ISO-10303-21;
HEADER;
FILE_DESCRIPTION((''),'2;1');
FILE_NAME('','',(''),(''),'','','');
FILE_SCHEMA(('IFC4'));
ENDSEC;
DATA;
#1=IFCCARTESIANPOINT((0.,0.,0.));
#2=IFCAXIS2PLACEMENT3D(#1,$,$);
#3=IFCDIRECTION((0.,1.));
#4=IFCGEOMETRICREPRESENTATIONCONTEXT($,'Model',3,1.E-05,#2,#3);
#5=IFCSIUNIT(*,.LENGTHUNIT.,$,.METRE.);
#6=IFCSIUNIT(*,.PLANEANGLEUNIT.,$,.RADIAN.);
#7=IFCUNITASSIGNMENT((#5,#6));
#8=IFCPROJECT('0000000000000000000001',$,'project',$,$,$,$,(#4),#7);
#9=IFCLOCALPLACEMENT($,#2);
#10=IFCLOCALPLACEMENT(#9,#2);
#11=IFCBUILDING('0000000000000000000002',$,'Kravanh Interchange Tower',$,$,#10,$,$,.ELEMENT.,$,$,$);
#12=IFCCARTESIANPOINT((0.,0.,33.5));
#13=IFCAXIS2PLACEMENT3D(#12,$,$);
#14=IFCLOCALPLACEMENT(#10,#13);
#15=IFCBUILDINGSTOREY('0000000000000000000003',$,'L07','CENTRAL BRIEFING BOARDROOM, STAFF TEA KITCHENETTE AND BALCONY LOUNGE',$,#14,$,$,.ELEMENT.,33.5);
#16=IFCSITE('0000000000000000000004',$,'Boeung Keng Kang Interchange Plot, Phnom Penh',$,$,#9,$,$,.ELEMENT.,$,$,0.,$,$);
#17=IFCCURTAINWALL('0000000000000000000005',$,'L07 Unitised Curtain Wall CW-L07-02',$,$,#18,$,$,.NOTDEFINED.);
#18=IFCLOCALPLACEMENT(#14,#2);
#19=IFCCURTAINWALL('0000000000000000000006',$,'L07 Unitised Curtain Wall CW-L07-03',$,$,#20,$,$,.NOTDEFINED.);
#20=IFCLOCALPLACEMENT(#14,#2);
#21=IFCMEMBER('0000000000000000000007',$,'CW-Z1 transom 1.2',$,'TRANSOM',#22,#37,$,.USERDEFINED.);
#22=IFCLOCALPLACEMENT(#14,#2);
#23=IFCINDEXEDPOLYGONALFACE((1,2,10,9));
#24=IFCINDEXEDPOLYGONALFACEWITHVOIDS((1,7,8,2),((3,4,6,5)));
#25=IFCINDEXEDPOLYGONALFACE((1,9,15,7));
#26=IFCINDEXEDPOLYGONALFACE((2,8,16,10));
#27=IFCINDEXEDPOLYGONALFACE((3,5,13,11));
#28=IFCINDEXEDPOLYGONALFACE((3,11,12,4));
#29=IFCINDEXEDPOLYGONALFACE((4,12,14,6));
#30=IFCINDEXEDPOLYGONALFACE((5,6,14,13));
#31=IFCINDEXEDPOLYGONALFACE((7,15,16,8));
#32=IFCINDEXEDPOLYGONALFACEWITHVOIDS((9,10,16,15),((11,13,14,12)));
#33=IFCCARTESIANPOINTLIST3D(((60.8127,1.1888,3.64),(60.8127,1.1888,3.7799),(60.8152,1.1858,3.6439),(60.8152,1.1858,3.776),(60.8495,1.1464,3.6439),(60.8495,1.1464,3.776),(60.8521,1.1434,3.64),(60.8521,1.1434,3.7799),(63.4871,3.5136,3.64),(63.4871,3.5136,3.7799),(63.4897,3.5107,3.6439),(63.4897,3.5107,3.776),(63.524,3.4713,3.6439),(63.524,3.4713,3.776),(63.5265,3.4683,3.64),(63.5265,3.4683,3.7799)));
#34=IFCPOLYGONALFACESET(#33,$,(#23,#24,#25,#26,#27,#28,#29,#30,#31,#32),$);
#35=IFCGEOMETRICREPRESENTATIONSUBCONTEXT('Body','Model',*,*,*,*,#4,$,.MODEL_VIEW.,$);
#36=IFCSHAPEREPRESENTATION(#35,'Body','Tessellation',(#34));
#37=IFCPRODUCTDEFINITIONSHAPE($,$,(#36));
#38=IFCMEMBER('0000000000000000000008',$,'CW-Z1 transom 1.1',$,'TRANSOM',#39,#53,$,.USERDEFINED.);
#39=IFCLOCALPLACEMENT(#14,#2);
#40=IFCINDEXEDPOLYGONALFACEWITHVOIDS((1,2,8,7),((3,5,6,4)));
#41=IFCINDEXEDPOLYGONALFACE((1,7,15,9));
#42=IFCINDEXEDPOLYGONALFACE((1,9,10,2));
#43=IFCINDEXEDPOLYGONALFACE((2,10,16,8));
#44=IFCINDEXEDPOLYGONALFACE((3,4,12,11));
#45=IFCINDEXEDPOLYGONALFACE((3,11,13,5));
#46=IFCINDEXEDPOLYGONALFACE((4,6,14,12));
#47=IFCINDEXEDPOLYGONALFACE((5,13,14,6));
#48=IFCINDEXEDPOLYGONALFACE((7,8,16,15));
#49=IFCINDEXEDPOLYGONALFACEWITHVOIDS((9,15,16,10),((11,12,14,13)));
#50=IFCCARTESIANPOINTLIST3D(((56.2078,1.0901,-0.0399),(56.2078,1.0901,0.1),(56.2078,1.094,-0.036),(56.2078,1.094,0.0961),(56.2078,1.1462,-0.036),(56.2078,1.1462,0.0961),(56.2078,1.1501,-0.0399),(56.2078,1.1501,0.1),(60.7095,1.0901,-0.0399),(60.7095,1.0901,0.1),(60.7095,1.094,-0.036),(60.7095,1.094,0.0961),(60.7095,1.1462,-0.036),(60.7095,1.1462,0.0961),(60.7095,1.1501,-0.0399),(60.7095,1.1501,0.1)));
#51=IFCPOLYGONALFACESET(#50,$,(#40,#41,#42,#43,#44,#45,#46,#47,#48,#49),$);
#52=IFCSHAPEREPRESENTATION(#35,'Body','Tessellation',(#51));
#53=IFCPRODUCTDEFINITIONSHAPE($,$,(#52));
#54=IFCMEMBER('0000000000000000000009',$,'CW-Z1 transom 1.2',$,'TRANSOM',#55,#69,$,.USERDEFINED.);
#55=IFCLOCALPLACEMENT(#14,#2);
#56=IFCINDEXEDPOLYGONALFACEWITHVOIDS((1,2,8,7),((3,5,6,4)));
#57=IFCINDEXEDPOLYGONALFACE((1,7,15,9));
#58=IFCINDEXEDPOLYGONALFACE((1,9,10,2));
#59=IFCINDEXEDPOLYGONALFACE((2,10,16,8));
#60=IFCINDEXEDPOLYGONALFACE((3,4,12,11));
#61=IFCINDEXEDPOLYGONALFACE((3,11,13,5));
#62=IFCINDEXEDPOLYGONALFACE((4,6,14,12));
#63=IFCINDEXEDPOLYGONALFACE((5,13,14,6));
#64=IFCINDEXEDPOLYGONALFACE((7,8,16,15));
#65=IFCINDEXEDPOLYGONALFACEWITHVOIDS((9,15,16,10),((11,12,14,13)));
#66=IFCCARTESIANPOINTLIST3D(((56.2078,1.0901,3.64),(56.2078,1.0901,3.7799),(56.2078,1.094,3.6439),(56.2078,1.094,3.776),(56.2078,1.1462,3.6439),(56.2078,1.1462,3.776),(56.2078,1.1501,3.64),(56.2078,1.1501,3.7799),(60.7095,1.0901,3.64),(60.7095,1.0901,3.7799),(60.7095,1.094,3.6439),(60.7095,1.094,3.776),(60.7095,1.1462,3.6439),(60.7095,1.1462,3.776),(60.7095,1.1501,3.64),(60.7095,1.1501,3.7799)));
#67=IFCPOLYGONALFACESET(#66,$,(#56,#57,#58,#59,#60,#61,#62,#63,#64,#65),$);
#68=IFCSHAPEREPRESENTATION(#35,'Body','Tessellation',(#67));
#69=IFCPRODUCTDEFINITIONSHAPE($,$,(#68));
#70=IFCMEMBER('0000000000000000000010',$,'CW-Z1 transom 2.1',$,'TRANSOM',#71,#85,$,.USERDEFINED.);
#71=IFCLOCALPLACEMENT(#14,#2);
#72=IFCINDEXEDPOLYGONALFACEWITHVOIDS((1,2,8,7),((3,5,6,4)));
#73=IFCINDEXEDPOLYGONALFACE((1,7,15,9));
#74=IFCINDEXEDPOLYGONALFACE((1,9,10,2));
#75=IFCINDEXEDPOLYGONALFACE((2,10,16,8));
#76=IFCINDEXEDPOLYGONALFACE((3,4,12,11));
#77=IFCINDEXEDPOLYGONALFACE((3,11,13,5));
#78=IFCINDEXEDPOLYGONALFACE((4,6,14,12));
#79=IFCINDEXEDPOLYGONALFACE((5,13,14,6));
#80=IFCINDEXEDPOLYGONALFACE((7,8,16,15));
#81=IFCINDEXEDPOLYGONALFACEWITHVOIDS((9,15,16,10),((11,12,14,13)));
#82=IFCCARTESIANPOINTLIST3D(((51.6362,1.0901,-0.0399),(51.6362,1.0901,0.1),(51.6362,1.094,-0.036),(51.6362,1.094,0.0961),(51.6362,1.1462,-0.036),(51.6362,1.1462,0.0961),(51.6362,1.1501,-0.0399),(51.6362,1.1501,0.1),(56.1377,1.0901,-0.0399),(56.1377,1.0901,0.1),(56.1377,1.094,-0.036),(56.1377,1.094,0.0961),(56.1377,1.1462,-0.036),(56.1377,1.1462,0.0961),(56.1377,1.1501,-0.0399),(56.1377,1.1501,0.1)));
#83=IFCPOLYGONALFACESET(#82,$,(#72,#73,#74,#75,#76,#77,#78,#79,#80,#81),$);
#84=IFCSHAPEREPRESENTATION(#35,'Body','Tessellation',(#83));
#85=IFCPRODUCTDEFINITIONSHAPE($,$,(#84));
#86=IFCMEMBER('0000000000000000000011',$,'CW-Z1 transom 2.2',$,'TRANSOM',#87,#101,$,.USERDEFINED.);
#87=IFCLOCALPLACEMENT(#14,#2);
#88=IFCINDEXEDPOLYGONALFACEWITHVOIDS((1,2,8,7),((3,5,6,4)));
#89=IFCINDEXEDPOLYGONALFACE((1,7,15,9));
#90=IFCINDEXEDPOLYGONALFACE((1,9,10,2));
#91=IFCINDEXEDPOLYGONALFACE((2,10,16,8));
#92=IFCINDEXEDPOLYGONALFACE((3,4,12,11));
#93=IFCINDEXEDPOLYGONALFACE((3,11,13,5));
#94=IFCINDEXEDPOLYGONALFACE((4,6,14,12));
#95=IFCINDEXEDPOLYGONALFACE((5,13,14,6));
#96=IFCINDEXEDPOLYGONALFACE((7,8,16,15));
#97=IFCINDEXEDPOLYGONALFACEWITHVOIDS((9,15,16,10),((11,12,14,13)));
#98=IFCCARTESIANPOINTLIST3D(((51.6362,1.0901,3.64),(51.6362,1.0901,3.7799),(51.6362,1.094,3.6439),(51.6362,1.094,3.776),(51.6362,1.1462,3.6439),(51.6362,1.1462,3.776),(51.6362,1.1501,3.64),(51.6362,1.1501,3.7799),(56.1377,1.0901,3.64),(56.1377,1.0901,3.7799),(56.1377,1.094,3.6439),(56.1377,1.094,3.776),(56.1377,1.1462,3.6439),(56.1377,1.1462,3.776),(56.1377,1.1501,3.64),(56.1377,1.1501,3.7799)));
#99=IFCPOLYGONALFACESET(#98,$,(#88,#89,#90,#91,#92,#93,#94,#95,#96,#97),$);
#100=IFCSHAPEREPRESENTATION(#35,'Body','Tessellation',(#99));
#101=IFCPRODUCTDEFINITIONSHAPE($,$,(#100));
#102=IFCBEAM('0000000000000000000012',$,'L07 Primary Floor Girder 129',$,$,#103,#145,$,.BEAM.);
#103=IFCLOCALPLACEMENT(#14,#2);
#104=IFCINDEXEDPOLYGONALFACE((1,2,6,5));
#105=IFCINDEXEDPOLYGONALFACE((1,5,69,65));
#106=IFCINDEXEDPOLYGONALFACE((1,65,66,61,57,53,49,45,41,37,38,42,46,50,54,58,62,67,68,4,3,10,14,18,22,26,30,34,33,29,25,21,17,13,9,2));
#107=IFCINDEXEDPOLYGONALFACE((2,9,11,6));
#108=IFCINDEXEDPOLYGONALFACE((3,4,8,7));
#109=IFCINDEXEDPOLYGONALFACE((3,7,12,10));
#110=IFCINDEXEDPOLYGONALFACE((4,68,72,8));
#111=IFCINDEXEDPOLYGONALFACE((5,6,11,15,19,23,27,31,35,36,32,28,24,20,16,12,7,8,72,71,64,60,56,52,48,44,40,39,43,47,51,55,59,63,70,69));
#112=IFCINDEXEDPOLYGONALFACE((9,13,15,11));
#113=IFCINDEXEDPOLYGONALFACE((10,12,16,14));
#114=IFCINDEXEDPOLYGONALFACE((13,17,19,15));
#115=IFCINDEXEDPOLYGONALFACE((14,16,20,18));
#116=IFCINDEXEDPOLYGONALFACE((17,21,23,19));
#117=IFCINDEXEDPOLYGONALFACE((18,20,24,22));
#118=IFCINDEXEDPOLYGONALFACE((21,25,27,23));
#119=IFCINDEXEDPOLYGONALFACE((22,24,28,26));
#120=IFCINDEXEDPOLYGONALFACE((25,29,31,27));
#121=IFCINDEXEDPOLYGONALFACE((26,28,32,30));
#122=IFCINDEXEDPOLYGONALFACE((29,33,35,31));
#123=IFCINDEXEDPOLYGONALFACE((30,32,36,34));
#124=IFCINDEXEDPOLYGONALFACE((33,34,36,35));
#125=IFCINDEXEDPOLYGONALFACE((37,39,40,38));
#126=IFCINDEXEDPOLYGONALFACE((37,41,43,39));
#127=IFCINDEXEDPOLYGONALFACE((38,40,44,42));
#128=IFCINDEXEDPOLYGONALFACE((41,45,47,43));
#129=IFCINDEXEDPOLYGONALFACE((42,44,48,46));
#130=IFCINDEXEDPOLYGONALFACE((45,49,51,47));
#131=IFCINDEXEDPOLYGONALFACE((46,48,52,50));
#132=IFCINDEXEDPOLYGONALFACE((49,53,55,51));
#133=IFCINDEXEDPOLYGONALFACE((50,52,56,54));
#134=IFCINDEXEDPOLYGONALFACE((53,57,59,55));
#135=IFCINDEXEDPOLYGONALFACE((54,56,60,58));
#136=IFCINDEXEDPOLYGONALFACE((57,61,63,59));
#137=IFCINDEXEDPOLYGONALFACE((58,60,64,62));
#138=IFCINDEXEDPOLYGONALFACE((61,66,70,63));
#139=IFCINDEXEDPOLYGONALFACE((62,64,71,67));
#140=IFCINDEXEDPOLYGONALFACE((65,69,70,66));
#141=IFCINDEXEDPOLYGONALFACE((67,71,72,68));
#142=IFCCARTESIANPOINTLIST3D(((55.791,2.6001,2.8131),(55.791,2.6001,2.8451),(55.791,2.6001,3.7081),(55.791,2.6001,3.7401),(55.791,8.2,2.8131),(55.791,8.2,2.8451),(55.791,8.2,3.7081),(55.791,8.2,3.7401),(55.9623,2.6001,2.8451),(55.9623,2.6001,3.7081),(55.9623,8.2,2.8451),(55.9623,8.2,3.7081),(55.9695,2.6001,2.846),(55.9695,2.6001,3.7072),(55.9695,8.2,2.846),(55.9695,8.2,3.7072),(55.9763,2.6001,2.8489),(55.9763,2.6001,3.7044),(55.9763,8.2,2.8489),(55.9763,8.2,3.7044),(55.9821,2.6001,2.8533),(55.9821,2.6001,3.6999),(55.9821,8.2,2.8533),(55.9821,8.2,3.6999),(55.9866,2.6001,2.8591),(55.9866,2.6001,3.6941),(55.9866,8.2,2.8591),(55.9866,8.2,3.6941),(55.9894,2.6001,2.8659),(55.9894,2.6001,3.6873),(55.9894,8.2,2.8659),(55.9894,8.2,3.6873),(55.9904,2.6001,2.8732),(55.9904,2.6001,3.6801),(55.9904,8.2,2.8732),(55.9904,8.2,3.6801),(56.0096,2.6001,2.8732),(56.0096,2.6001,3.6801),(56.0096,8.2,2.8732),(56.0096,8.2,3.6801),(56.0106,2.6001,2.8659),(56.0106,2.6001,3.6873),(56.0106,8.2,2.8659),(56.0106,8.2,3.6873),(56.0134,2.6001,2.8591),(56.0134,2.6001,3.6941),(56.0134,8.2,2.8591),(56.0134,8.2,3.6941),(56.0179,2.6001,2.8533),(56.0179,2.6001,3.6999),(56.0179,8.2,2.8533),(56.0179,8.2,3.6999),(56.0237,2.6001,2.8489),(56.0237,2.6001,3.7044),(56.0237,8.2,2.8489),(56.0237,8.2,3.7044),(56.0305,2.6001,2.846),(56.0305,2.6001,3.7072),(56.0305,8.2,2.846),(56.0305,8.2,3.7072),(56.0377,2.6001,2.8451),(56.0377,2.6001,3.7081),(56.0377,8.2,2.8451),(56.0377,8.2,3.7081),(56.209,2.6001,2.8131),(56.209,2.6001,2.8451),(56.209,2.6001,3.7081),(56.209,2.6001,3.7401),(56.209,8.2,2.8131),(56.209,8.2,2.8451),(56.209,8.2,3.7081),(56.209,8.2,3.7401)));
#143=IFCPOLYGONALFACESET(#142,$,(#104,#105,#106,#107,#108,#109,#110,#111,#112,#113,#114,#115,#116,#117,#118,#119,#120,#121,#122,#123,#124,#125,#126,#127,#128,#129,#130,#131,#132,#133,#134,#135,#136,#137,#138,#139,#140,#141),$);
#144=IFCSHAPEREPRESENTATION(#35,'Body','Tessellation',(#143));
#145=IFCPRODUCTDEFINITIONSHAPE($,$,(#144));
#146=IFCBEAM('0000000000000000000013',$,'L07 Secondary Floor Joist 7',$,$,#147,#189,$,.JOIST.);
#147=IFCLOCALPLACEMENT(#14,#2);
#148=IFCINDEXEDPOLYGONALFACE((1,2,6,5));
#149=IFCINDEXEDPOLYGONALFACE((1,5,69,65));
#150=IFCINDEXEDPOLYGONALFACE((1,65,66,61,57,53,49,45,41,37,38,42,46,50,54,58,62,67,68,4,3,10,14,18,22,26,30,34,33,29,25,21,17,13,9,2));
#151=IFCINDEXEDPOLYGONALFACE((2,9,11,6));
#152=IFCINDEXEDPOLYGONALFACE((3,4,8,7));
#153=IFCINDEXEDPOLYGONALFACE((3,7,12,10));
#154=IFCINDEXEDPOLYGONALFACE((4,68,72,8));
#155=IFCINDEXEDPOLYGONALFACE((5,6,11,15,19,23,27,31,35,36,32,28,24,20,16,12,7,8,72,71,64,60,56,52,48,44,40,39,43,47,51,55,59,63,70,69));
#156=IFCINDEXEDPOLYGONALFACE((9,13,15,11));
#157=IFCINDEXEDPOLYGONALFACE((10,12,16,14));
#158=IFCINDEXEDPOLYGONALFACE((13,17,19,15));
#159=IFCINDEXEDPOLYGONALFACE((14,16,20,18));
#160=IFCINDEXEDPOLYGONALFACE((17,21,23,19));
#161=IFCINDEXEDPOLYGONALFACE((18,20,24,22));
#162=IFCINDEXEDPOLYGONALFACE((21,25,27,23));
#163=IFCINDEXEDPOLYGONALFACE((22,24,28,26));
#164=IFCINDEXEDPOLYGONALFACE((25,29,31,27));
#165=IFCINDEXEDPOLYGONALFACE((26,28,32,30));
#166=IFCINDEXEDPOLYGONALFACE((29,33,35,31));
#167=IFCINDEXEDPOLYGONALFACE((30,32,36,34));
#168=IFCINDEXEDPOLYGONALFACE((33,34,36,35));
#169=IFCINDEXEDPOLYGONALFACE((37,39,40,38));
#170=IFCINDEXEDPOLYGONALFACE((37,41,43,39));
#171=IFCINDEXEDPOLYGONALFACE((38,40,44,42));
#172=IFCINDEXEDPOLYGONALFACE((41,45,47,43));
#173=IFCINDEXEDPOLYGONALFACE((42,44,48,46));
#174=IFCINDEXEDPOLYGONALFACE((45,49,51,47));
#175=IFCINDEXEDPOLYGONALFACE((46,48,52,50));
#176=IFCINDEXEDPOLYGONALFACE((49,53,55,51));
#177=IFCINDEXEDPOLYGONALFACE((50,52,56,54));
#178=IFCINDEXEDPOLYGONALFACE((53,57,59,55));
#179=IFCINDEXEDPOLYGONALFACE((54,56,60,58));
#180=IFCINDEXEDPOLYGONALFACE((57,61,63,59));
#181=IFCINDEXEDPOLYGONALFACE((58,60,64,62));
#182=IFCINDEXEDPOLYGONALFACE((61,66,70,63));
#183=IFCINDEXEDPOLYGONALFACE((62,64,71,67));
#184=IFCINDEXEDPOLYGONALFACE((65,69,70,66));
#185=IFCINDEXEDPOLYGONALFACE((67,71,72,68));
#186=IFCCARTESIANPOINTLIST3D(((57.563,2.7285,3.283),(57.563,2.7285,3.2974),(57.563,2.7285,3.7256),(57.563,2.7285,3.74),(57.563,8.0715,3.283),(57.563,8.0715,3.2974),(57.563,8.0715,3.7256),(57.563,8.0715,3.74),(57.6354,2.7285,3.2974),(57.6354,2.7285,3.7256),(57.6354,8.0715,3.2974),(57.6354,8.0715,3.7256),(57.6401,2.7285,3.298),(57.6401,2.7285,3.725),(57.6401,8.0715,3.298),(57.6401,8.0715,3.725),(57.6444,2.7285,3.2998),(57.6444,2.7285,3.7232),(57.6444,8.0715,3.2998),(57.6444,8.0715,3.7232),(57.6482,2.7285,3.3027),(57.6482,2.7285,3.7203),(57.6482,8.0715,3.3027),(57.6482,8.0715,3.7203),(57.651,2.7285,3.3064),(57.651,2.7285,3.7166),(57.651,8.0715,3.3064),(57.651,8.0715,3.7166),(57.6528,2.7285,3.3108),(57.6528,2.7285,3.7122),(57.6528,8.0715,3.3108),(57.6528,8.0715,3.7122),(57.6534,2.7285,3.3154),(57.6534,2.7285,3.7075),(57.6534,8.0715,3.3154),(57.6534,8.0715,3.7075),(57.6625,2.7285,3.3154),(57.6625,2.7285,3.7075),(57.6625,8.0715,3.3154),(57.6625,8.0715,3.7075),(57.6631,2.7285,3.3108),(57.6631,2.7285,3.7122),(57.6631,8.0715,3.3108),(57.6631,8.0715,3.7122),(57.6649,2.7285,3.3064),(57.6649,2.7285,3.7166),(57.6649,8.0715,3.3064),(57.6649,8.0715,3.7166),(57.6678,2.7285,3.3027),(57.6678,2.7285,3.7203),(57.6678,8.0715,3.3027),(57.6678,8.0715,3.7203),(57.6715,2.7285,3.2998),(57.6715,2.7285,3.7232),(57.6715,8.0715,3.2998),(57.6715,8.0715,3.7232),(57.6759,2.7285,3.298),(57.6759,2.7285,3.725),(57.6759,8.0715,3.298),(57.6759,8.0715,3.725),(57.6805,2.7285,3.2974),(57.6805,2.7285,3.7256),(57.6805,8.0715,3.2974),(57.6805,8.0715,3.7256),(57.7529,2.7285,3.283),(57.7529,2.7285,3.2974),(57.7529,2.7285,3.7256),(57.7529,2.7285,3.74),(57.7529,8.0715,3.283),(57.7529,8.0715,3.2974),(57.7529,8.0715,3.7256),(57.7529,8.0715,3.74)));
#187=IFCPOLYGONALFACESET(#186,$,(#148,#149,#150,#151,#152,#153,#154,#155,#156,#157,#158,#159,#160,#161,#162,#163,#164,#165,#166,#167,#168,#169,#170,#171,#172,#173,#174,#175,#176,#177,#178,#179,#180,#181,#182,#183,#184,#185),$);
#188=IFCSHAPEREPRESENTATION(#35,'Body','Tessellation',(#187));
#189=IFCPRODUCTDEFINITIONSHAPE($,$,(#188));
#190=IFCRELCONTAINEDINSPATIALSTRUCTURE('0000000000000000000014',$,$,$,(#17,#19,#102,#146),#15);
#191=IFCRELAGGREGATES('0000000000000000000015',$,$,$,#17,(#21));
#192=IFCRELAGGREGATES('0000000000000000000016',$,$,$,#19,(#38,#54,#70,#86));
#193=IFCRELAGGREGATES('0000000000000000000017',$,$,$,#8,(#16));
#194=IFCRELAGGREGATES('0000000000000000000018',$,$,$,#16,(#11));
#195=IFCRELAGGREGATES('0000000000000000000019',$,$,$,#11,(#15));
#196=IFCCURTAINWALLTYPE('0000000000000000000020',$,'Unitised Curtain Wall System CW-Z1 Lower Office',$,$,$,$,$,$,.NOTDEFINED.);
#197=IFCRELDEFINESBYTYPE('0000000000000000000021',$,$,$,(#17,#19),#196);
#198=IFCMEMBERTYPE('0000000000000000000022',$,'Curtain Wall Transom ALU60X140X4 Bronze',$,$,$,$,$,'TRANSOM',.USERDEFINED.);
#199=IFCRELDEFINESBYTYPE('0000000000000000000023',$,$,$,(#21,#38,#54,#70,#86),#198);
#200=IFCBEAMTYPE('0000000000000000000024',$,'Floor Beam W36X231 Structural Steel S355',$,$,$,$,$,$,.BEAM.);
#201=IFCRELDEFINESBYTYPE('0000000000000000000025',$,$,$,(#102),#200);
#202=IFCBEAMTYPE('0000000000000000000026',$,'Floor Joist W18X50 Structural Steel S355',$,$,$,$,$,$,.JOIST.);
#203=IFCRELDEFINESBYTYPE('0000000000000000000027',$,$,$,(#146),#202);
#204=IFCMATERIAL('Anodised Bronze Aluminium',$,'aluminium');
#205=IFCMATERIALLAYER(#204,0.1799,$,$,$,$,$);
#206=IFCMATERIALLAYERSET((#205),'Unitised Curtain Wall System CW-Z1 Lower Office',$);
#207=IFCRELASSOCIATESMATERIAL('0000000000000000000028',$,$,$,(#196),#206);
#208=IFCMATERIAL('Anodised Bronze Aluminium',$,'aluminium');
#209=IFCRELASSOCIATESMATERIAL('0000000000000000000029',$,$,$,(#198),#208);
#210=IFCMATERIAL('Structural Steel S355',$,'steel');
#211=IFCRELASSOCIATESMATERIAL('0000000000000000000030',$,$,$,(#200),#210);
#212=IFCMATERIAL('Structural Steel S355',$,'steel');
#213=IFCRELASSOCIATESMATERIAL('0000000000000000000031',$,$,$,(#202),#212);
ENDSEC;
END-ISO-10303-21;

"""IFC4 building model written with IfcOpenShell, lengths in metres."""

from ifc_helpers import new_model, si_unit, direction, frame, origin, origin_2d, place, context, subcontext, project, spatial, hollow_rectangle, i_section, extrude, material, layer, layer_set, material_profile, profile_set, type_object, element, aggregate, save


model = new_model("IFC4")

# Units and contexts
model_context = context("Model", 3, precision=1e-05, world=origin(), true_north=direction((0.0, 1.0)))
body_context = subcontext(model_context, "Body", "Model", "MODEL_VIEW")
ifc_project = project(units=[si_unit("LENGTHUNIT", "METRE"), si_unit("PLANEANGLEUNIT", "RADIAN")], contexts=[model_context])

# Site, building, storey
site_placement = place(None, origin())
site = spatial("IfcSite", under=ifc_project, at=site_placement, Name="Boeung Keng Kang Interchange Plot, Phnom Penh", CompositionType="ELEMENT", RefElevation=0.0)
building_placement = place(site_placement, origin())
building = spatial("IfcBuilding", under=site, at=building_placement, Name="Kravanh Interchange Tower", CompositionType="ELEMENT")
storey_placement = place(building_placement, frame((0.0, 0.0, 33.5)))
storey = spatial("IfcBuildingStorey", under=building, at=storey_placement, Name="L07", Description="CENTRAL BRIEFING BOARDROOM, STAFF TEA KITCHENETTE AND BALCONY LOUNGE", CompositionType="ELEMENT", Elevation=33.5)

# Curtain walls
ifc_material_1 = material(Name="Anodised Bronze Aluminium", Category="aluminium")
ifc_layer_1 = layer(ifc_material_1, 0.1799)
ifc_layer_set_1 = layer_set([ifc_layer_1], Name="Unitised Curtain Wall System CW-Z1 Lower Office")
curtain_wall_type = type_object("IfcCurtainWallType", Name="Unitised Curtain Wall System CW-Z1 Lower Office", PredefinedType="NOTDEFINED", material=ifc_layer_set_1)
curtain_wall_1_placement = place(storey_placement, origin())
curtain_wall_1 = element("IfcCurtainWall", 1, at=curtain_wall_1_placement, inside=storey, type_object=curtain_wall_type, Name="L07 Unitised Curtain Wall CW-L07-02", PredefinedType="NOTDEFINED")
curtain_wall_2_placement = place(storey_placement, origin())
curtain_wall_2 = element("IfcCurtainWall", 2, at=curtain_wall_2_placement, inside=storey, type_object=curtain_wall_type, Name="L07 Unitised Curtain Wall CW-L07-03", PredefinedType="NOTDEFINED")

# Members
ifc_material_2 = material(Name="Anodised Bronze Aluminium", Category="aluminium")
ifc_material_profile_1 = material_profile(ifc_material_2, hollow_rectangle(XDim=0.0601, YDim=0.1399, WallThickness=0.0039, at=origin_2d()), Name="ALU60X140X4")
ifc_profile_set_1 = profile_set([ifc_material_profile_1], Name="Anodised Bronze Aluminium")
member_type_1 = type_object("IfcMemberType", Name="Curtain Wall Transom ALU60X140X4 Bronze", ElementType="TRANSOM", PredefinedType="USERDEFINED", material=ifc_profile_set_1)
member_1_placement = place(storey_placement, frame((63.5068, 3.491, 3.71), z_axis=(-0.754711, -0.656058, 0.0), x_axis=(0.656058, -0.754711, 0.0)))
member_1 = element("IfcMember", 3, at=member_1_placement, type_object=member_type_1, Name="CW-Z1 transom 1.2", ObjectType="TRANSOM", PredefinedType="USERDEFINED", context=body_context, shape_type="SweptSolid", body=[
    extrude(hollow_rectangle(XDim=0.0601, YDim=0.1399, WallThickness=0.0039, at=origin_2d()), origin(), (0.0, 0.0, 1.0), 3.5437),
])
member_2_placement = place(storey_placement, frame((60.7095, 1.1201, 0.03), z_axis=(-1.0, 0.0, 0.0), x_axis=(0.0, -1.0, 0.0)))
member_2 = element("IfcMember", 4, at=member_2_placement, type_object=member_type_1, Name="CW-Z1 transom 1.1", ObjectType="TRANSOM", PredefinedType="USERDEFINED", context=body_context, shape_type="SweptSolid", body=[
    extrude(hollow_rectangle(XDim=0.0601, YDim=0.1399, WallThickness=0.0039, at=origin_2d()), origin(), (0.0, 0.0, 1.0), 4.5017),
])
member_3_placement = place(storey_placement, frame((60.7095, 1.1201, 3.71), z_axis=(-1.0, 0.0, 0.0), x_axis=(0.0, -1.0, 0.0)))
member_3 = element("IfcMember", 5, at=member_3_placement, type_object=member_type_1, Name="CW-Z1 transom 1.2", ObjectType="TRANSOM", PredefinedType="USERDEFINED", context=body_context, shape_type="SweptSolid", body=[
    extrude(hollow_rectangle(XDim=0.0601, YDim=0.1399, WallThickness=0.0039, at=origin_2d()), origin(), (0.0, 0.0, 1.0), 4.5017),
])
member_4_placement = place(storey_placement, frame((56.1377, 1.1201, 0.03), z_axis=(-1.0, 0.0, 0.0), x_axis=(0.0, -1.0, 0.0)))
member_4 = element("IfcMember", 6, at=member_4_placement, type_object=member_type_1, Name="CW-Z1 transom 2.1", ObjectType="TRANSOM", PredefinedType="USERDEFINED", context=body_context, shape_type="SweptSolid", body=[
    extrude(hollow_rectangle(XDim=0.0601, YDim=0.1399, WallThickness=0.0039, at=origin_2d()), origin(), (0.0, 0.0, 1.0), 4.5015),
])
member_5_placement = place(storey_placement, frame((56.1377, 1.1201, 3.71), z_axis=(-1.0, 0.0, 0.0), x_axis=(0.0, -1.0, 0.0)))
member_5 = element("IfcMember", 7, at=member_5_placement, type_object=member_type_1, Name="CW-Z1 transom 2.2", ObjectType="TRANSOM", PredefinedType="USERDEFINED", context=body_context, shape_type="SweptSolid", body=[
    extrude(hollow_rectangle(XDim=0.0601, YDim=0.1399, WallThickness=0.0039, at=origin_2d()), origin(), (0.0, 0.0, 1.0), 4.5015),
])

# Beams
ifc_material_3 = material(Name="Structural Steel S355", Category="steel")
ifc_material_profile_2 = material_profile(ifc_material_3, i_section(OverallWidth=0.418, OverallDepth=0.927, WebThickness=0.0193, FlangeThickness=0.032, FilletRadius=0.0281, at=origin_2d()), Name="W36X231")
ifc_profile_set_2 = profile_set([ifc_material_profile_2], Name="Structural Steel S355")
beam_type_1 = type_object("IfcBeamType", Name="Floor Beam W36X231 Structural Steel S355", PredefinedType="BEAM", material=ifc_profile_set_2)
beam_1_placement = place(storey_placement, frame((56.0, 2.6001, 3.2766), z_axis=(0.0, 1.0, 0.0), x_axis=(-1.0, 0.0, 0.0)))
element("IfcBeam", 8, at=beam_1_placement, inside=storey, type_object=beam_type_1, Name="L07 Primary Floor Girder 129", PredefinedType="BEAM", context=body_context, shape_type="SweptSolid", body=[
    extrude(i_section(OverallWidth=0.418, OverallDepth=0.927, WebThickness=0.0193, FlangeThickness=0.032, FilletRadius=0.0281, at=origin_2d()), origin(), (0.0, 0.0, 1.0), 5.5999),
])
ifc_material_4 = material(Name="Structural Steel S355", Category="steel")
ifc_material_profile_3 = material_profile(ifc_material_4, i_section(OverallWidth=0.1899, OverallDepth=0.457, WebThickness=0.009, FlangeThickness=0.0144, FilletRadius=0.0181, at=origin_2d()), Name="W18X50")
ifc_profile_set_3 = profile_set([ifc_material_profile_3], Name="Structural Steel S355")
beam_type_2 = type_object("IfcBeamType", Name="Floor Joist W18X50 Structural Steel S355", PredefinedType="JOIST", material=ifc_profile_set_3)
for number, where, z_axis, x_axis, name in (
    (9, (57.658, 2.7285, 3.5115), (0.0, 1.0, 0.0), (-1.0, 0.0, 0.0), "L07 Secondary Floor Joist 7"),
):
    element("IfcBeam", number, at=place(storey_placement, frame(where, z_axis=z_axis, x_axis=x_axis)), inside=storey, type_object=beam_type_2, Name=name, PredefinedType="JOIST", context=body_context, shape_type="SweptSolid", body=[
        extrude(i_section(OverallWidth=0.1899, OverallDepth=0.457, WebThickness=0.009, FlangeThickness=0.0144, FilletRadius=0.0181, at=origin_2d()), origin(), (0.0, 0.0, 1.0), 5.343),
    ])

aggregate(curtain_wall_1, [member_1])
aggregate(curtain_wall_2, [member_2, member_3, member_4, member_5])

save(model, "model.ifc")
